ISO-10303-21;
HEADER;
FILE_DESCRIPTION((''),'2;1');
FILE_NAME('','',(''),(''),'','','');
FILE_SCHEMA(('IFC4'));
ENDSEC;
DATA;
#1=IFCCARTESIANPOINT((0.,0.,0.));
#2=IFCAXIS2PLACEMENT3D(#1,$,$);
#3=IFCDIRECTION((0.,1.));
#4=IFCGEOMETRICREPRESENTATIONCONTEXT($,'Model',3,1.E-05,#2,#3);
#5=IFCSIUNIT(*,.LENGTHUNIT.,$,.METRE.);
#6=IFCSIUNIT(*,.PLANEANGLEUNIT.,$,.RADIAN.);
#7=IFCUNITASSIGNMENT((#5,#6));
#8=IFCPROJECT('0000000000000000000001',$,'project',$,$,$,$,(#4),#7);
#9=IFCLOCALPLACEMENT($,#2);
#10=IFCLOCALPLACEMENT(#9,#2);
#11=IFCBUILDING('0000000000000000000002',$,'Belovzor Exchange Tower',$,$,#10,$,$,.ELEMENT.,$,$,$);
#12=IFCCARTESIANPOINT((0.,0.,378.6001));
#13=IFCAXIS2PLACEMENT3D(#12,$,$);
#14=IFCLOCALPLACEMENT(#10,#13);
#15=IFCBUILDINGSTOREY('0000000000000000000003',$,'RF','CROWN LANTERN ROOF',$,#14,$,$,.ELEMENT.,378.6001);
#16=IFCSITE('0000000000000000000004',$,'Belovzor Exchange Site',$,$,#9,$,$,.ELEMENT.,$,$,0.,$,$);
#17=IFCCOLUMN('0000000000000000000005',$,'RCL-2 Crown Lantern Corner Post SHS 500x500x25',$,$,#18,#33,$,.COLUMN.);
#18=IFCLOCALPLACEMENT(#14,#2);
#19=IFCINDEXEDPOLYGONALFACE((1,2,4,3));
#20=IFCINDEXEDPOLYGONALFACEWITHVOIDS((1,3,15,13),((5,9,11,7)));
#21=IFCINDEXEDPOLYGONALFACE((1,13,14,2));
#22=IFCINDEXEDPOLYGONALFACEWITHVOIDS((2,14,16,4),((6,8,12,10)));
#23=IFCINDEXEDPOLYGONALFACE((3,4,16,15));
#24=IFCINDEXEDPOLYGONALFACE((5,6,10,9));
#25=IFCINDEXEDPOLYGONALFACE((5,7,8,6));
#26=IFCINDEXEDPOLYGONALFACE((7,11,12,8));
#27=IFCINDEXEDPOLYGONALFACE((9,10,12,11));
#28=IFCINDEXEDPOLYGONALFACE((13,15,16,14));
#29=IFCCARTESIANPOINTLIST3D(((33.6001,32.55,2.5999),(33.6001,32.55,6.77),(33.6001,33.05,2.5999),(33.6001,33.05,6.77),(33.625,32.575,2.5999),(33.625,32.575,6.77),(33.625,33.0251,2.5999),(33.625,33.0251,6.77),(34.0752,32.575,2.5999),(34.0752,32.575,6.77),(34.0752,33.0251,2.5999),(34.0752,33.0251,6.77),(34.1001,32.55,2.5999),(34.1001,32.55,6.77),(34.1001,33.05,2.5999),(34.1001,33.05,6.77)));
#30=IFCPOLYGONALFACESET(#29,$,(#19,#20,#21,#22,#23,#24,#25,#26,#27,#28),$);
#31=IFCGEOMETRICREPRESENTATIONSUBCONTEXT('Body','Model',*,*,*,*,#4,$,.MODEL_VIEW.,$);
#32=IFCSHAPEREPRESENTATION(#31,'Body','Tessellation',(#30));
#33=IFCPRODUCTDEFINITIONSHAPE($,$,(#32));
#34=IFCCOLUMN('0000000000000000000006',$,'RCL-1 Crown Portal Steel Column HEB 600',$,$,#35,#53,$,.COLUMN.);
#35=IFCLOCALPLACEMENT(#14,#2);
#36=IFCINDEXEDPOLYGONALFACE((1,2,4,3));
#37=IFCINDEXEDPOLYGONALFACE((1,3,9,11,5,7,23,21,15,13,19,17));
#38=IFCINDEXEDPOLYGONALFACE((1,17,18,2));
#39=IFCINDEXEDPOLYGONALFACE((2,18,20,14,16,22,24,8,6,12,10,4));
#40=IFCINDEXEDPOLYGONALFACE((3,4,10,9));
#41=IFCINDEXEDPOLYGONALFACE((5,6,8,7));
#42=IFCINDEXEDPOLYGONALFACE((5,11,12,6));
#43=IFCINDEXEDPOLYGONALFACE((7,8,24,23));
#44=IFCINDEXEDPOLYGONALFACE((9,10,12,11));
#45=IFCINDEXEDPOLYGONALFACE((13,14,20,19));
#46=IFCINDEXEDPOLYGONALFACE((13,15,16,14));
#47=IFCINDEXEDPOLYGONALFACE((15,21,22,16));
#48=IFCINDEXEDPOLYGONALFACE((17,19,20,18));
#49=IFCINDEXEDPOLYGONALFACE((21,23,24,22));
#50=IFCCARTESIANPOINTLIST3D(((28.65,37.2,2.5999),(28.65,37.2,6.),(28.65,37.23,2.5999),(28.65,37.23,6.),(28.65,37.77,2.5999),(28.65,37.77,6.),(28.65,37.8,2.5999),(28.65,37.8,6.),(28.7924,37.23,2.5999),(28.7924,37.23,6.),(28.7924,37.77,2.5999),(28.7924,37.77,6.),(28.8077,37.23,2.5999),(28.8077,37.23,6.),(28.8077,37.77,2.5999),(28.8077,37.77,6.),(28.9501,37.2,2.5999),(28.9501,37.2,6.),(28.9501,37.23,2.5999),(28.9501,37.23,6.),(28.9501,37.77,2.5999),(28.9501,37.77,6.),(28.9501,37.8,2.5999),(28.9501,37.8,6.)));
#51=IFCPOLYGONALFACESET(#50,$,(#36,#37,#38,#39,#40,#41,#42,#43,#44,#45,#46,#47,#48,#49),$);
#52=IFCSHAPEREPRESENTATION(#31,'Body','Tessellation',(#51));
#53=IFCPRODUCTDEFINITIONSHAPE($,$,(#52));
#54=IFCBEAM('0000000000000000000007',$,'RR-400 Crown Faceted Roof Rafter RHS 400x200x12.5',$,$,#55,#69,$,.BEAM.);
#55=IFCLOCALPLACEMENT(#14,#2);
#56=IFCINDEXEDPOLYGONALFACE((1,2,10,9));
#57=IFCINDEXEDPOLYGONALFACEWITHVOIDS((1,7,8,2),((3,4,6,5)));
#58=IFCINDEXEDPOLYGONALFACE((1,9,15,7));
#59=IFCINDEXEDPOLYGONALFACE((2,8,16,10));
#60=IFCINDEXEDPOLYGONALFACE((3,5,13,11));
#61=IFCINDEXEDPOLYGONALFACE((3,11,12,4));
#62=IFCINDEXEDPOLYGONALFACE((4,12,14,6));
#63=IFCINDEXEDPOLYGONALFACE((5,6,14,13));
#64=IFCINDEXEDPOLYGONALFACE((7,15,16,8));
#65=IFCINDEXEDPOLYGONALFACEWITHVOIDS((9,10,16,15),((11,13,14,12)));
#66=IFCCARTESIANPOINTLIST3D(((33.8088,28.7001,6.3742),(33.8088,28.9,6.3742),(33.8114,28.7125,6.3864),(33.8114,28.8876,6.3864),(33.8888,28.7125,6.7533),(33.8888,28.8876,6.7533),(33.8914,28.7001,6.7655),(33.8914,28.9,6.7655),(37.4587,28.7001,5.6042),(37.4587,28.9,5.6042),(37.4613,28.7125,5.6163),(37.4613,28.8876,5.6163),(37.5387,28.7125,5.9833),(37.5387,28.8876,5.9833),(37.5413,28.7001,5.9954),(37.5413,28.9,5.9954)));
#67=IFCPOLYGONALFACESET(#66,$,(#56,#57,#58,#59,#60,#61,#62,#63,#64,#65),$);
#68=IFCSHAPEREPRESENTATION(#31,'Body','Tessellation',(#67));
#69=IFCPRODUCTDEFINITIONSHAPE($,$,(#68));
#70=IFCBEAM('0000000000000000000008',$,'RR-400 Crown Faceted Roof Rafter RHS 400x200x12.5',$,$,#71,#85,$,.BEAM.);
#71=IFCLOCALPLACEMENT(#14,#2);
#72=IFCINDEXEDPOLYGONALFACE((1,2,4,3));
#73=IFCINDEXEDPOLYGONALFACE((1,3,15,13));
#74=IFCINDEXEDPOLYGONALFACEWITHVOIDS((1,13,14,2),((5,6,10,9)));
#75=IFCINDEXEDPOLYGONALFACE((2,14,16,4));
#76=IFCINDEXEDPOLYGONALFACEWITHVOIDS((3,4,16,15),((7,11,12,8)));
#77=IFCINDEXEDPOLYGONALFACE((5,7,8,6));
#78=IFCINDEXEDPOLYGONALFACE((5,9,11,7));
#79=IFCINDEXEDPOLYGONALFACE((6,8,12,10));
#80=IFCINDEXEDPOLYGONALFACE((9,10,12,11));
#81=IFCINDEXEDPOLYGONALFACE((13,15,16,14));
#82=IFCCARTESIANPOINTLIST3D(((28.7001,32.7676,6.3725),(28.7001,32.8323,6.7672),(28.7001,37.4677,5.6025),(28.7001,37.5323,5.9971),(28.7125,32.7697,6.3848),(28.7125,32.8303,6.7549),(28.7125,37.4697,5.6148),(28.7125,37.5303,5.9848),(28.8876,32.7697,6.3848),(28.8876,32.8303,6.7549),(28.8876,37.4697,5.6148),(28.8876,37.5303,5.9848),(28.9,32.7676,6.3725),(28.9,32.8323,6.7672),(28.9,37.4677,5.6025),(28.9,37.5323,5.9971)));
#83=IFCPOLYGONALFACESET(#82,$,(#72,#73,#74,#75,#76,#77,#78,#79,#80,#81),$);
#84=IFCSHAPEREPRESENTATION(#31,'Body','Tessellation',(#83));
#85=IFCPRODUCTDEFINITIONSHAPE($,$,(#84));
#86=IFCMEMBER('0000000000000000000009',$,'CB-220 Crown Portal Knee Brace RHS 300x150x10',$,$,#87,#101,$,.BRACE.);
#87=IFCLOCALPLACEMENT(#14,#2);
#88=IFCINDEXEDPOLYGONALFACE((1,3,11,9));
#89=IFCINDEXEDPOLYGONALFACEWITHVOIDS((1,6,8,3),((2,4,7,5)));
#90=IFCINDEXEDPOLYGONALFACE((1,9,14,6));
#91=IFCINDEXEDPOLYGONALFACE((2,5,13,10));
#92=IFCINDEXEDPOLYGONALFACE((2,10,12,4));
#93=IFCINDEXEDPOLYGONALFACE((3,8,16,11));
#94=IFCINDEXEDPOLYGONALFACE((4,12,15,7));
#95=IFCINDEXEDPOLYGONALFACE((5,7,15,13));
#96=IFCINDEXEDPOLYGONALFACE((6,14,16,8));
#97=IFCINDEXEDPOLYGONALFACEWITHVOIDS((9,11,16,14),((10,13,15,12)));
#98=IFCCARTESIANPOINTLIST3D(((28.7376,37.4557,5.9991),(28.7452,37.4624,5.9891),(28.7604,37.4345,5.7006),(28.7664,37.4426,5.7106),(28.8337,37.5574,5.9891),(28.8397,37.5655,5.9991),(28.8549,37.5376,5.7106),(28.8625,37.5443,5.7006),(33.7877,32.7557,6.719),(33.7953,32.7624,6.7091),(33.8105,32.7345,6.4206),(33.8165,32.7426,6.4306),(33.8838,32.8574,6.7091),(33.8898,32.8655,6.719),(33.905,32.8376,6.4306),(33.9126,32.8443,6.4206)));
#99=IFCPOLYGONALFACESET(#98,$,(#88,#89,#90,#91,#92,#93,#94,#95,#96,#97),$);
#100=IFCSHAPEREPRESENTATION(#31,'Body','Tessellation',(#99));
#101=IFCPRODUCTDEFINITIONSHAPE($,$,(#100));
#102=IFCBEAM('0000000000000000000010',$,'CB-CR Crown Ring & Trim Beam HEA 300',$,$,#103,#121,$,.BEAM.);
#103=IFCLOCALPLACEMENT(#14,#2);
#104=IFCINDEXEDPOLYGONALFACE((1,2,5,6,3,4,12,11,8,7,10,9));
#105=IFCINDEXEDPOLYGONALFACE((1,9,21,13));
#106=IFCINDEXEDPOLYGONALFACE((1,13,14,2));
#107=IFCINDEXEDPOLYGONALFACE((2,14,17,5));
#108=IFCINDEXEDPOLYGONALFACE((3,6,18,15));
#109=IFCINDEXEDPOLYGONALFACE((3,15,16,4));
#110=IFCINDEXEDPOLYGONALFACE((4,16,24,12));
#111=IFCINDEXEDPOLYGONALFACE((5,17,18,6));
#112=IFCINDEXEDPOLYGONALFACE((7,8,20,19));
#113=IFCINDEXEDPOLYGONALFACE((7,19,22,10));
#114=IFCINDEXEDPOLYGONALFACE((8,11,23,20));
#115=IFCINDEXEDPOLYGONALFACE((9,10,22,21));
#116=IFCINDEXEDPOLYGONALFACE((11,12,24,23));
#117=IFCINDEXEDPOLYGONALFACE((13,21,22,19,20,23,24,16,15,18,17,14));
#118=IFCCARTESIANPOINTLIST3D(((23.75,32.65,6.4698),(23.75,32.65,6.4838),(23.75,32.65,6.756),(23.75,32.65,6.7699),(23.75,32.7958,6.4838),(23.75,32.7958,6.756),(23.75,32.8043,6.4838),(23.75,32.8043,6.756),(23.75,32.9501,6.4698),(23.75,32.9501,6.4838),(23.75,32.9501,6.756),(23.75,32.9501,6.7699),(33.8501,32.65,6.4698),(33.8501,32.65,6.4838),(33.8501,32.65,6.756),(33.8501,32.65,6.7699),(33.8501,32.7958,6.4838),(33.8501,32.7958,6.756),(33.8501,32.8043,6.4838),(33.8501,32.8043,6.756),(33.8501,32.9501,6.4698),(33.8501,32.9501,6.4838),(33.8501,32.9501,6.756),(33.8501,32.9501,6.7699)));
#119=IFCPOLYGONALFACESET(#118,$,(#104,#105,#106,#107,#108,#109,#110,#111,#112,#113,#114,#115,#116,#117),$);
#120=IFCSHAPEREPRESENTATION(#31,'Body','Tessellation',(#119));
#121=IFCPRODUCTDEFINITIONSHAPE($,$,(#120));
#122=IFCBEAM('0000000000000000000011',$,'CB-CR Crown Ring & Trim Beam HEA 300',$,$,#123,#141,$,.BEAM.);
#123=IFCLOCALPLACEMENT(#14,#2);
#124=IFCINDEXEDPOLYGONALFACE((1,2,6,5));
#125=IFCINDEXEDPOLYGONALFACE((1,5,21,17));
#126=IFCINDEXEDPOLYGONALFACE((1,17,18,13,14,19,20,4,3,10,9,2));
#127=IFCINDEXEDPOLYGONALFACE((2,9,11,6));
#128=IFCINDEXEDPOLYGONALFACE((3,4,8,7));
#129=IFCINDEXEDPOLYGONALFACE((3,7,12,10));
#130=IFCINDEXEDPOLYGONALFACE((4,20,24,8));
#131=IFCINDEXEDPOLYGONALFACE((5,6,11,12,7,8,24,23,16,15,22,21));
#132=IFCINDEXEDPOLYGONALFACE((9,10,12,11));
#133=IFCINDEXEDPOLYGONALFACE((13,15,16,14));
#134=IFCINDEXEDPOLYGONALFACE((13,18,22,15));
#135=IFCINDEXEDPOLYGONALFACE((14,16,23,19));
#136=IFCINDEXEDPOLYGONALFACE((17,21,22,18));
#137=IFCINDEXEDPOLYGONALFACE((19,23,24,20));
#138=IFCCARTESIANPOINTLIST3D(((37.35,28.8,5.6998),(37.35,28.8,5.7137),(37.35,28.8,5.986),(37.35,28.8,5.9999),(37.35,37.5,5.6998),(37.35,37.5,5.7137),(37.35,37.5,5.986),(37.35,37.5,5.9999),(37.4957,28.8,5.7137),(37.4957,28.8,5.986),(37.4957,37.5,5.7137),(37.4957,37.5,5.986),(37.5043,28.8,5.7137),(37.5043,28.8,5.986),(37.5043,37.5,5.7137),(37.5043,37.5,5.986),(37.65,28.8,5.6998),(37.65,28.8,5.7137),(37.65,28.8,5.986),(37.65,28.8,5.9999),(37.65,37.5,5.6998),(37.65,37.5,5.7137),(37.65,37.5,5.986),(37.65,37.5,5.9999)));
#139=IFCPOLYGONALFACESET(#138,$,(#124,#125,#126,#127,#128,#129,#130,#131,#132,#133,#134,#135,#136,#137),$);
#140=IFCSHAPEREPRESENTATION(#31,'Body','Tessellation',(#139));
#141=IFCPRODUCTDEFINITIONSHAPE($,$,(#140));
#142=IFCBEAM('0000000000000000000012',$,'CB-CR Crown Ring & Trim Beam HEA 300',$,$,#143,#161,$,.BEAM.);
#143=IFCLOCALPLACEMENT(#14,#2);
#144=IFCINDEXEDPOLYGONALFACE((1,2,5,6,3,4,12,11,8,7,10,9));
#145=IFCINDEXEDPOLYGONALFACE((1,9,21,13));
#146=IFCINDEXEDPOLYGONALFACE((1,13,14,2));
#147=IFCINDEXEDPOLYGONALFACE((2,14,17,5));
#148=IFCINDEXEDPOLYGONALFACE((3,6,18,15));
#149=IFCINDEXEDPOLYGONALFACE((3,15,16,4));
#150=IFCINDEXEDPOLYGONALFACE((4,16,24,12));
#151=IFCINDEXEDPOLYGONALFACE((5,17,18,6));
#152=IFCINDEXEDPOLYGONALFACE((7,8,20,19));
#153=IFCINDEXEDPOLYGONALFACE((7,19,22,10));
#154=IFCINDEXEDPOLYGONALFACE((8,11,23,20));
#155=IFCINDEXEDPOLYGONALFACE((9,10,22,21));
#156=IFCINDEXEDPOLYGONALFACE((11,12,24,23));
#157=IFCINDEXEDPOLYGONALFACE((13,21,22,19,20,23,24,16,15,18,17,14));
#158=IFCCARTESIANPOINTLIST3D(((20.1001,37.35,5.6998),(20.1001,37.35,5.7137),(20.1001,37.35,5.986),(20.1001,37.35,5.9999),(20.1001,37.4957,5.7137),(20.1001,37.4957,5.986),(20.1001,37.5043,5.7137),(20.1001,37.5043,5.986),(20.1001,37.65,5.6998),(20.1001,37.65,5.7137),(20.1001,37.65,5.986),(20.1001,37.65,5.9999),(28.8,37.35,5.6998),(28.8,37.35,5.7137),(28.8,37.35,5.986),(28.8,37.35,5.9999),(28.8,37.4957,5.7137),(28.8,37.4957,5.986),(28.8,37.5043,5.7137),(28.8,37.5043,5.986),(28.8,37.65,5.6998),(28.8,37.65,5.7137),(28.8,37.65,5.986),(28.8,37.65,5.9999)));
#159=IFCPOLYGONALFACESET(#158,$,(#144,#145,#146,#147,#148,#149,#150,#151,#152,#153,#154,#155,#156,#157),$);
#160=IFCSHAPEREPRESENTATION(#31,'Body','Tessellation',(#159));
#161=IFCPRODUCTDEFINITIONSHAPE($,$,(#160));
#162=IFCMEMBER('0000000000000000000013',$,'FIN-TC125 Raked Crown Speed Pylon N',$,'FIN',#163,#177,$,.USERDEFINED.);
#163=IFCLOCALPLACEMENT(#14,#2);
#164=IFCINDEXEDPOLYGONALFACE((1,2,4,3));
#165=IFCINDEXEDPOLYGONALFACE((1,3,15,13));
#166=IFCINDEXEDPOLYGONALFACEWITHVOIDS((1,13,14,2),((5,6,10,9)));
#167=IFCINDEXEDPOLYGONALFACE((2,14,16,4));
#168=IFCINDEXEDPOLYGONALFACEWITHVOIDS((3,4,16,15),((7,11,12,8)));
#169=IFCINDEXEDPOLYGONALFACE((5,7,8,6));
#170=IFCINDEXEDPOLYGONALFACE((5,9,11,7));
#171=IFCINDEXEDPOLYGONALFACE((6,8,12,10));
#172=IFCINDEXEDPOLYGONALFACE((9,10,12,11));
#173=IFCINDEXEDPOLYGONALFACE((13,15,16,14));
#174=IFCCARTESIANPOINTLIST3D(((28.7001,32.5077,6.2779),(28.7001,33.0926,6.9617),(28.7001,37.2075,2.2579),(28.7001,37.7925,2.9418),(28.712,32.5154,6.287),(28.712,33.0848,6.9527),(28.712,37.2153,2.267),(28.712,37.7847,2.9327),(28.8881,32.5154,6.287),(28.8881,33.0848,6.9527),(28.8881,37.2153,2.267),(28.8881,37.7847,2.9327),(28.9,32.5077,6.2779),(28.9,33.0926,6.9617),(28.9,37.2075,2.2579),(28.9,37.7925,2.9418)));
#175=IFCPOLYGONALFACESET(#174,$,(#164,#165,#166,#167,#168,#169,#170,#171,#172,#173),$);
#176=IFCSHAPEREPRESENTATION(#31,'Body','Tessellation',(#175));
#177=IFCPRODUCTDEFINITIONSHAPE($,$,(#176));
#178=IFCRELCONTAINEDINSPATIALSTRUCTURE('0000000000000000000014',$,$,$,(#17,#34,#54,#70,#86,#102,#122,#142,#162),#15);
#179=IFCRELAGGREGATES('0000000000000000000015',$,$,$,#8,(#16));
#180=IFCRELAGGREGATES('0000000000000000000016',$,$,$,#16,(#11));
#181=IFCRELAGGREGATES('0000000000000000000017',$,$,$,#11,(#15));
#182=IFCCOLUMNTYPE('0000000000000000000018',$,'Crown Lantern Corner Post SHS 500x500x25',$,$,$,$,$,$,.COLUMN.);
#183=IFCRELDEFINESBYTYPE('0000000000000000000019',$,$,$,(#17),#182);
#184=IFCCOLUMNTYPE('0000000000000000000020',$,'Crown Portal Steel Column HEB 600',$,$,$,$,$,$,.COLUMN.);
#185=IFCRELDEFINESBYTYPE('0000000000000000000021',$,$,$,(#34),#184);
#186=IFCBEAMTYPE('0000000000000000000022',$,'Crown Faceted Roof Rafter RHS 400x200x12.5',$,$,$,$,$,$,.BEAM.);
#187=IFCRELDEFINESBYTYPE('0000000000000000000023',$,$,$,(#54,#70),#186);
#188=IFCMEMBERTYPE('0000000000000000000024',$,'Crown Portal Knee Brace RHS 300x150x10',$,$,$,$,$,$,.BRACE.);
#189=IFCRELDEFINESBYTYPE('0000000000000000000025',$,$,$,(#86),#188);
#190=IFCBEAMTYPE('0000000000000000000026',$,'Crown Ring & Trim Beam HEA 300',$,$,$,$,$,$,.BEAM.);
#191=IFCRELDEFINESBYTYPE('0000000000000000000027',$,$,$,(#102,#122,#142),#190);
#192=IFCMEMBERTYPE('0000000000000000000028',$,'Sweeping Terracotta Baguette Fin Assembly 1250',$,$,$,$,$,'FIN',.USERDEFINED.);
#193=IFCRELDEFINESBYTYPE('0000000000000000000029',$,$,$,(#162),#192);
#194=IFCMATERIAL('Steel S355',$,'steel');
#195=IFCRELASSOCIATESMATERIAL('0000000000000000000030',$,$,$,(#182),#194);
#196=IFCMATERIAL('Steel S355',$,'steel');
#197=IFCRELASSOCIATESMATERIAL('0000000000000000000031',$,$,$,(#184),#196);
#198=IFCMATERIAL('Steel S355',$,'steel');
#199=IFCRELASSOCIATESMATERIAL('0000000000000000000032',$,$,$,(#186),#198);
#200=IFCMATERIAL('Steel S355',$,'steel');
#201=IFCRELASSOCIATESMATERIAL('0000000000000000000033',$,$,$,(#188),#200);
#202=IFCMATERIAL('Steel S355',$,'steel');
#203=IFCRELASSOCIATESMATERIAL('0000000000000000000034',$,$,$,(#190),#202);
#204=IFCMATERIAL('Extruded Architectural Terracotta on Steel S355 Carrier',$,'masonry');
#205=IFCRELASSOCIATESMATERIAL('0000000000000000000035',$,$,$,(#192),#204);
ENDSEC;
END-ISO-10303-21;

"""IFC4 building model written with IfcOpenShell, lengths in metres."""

from ifc_helpers import new_model, si_unit, direction, frame, origin, origin_2d, place, context, subcontext, project, spatial, hollow_rectangle, i_section, extrude, material, material_profile, profile_set, type_object, element, save


model = new_model("IFC4")

# Units and contexts
model_context = context("Model", 3, precision=1e-05, world=origin(), true_north=direction((0.0, 1.0)))
body_context = subcontext(model_context, "Body", "Model", "MODEL_VIEW")
ifc_project = project(units=[si_unit("LENGTHUNIT", "METRE"), si_unit("PLANEANGLEUNIT", "RADIAN")], contexts=[model_context])

# Site, building, storey
site_placement = place(None, origin())
site = spatial("IfcSite", under=ifc_project, at=site_placement, Name="Belovzor Exchange Site", CompositionType="ELEMENT", RefElevation=0.0)
building_placement = place(site_placement, origin())
building = spatial("IfcBuilding", under=site, at=building_placement, Name="Belovzor Exchange Tower", CompositionType="ELEMENT")
storey_placement = place(building_placement, frame((0.0, 0.0, 378.6001)))
storey = spatial("IfcBuildingStorey", under=building, at=storey_placement, Name="RF", Description="CROWN LANTERN ROOF", CompositionType="ELEMENT", Elevation=378.6001)

# Columns
ifc_material_1 = material(Name="Steel S355", Category="steel")
ifc_material_profile_1 = material_profile(ifc_material_1, hollow_rectangle(XDim=0.5, YDim=0.5, WallThickness=0.0249, at=origin_2d()))
ifc_profile_set_1 = profile_set([ifc_material_profile_1], Name="Steel S355")
column_type_1 = type_object("IfcColumnType", Name="Crown Lantern Corner Post SHS 500x500x25", PredefinedType="COLUMN", material=ifc_profile_set_1)
column_1_placement = place(storey_placement, frame((33.8501, 32.8, 2.5999), z_axis=(0.0, 0.0, 1.0), x_axis=(1.0, 0.0, 0.0)))
element("IfcColumn", 1, at=column_1_placement, inside=storey, type_object=column_type_1, Name="RCL-2 Crown Lantern Corner Post SHS 500x500x25", PredefinedType="COLUMN", context=body_context, shape_type="SweptSolid", body=[
    extrude(hollow_rectangle(XDim=0.5, YDim=0.5, WallThickness=0.0249, at=origin_2d()), origin(), (0.0, 0.0, 1.0), 4.1702),
])
ifc_material_2 = material(Name="Steel S355", Category="steel")
ifc_material_profile_2 = material_profile(ifc_material_2, i_section(OverallWidth=0.3, OverallDepth=0.6001, WebThickness=0.0154, FlangeThickness=0.03, at=origin_2d()))
ifc_profile_set_2 = profile_set([ifc_material_profile_2], Name="Steel S355")
column_type_2 = type_object("IfcColumnType", Name="Crown Portal Steel Column HEB 600", PredefinedType="COLUMN", material=ifc_profile_set_2)
column_2_placement = place(storey_placement, frame((28.8, 37.5, 2.5999), z_axis=(0.0, 0.0, 1.0), x_axis=(1.0, 0.0, 0.0)))
element("IfcColumn", 2, at=column_2_placement, inside=storey, type_object=column_type_2, Name="RCL-1 Crown Portal Steel Column HEB 600", PredefinedType="COLUMN", context=body_context, shape_type="SweptSolid", body=[
    extrude(i_section(OverallWidth=0.3, OverallDepth=0.6001, WebThickness=0.0154, FlangeThickness=0.03, at=origin_2d()), origin(), (0.0, 0.0, 1.0), 3.4001),
])

# Beams
ifc_material_3 = material(Name="Steel S355", Category="steel")
ifc_material_profile_3 = material_profile(ifc_material_3, hollow_rectangle(XDim=0.2, YDim=0.3999, WallThickness=0.0125, at=origin_2d()))
ifc_profile_set_3 = profile_set([ifc_material_profile_3], Name="Steel S355")
beam_type_1 = type_object("IfcBeamType", Name="Crown Faceted Roof Rafter RHS 400x200x12.5", PredefinedType="BEAM", material=ifc_profile_set_3)
beam_1_placement = place(storey_placement, frame((37.5, 28.8, 5.7998), z_axis=(-0.978462, 0.0, 0.206426), x_axis=(0.0, -1.0, 0.0)))
element("IfcBeam", 3, at=beam_1_placement, inside=storey, type_object=beam_type_1, Name="RR-400 Crown Faceted Roof Rafter RHS 400x200x12.5", PredefinedType="BEAM", context=body_context, shape_type="SweptSolid", body=[
    extrude(hollow_rectangle(XDim=0.2, YDim=0.3999, WallThickness=0.0125, at=origin_2d()), origin(), (0.0, 0.0, 1.0), 3.7302),
])
beam_2_placement = place(storey_placement, frame((28.8, 37.5, 5.7998), z_axis=(0.0, -0.986843, 0.16168), x_axis=(1.0, 0.0, 0.0)))
element("IfcBeam", 4, at=beam_2_placement, inside=storey, type_object=beam_type_1, Name="RR-400 Crown Faceted Roof Rafter RHS 400x200x12.5", PredefinedType="BEAM", context=body_context, shape_type="SweptSolid", body=[
    extrude(hollow_rectangle(XDim=0.2, YDim=0.3999, WallThickness=0.0125, at=origin_2d()), origin(), (0.0, 0.0, 1.0), 4.7627),
])

# Member
ifc_material_4 = material(Name="Steel S355", Category="steel")
ifc_material_profile_4 = material_profile(ifc_material_4, hollow_rectangle(XDim=0.1499, YDim=0.3, WallThickness=0.01, at=origin_2d()))
ifc_profile_set_4 = profile_set([ifc_material_profile_4], Name="Steel S355")
member_type_1 = type_object("IfcMemberType", Name="Crown Portal Knee Brace RHS 300x150x10", PredefinedType="BRACE", material=ifc_profile_set_4)
member_1_placement = place(storey_placement, frame((28.8, 37.5, 5.8499), z_axis=(0.728071, -0.677597, 0.103799), x_axis=(0.681277, 0.732025, 0.0)))
element("IfcMember", 5, at=member_1_placement, inside=storey, type_object=member_type_1, Name="CB-220 Crown Portal Knee Brace RHS 300x150x10", PredefinedType="BRACE", context=body_context, shape_type="SweptSolid", body=[
    extrude(hollow_rectangle(XDim=0.1499, YDim=0.3, WallThickness=0.01, at=origin_2d()), origin(), (0.0, 0.0, 1.0), 6.9363),
])

# Beams
ifc_material_5 = material(Name="Steel S355", Category="steel")
ifc_material_profile_5 = material_profile(ifc_material_5, i_section(OverallWidth=0.3, OverallDepth=0.3, WebThickness=0.0085, FlangeThickness=0.0139, at=origin_2d()))
ifc_profile_set_5 = profile_set([ifc_material_profile_5], Name="Steel S355")
beam_type_2 = type_object("IfcBeamType", Name="Crown Ring & Trim Beam HEA 300", PredefinedType="BEAM", material=ifc_profile_set_5)
beam_3_placement = place(storey_placement, frame((33.8501, 32.8, 6.6199), z_axis=(-1.0, 0.0, 0.0), x_axis=(0.0, -1.0, 0.0)))
element("IfcBeam", 6, at=beam_3_placement, inside=storey, type_object=beam_type_2, Name="CB-CR Crown Ring & Trim Beam HEA 300", PredefinedType="BEAM", context=body_context, shape_type="SweptSolid", body=[
    extrude(i_section(OverallWidth=0.3, OverallDepth=0.3, WebThickness=0.0085, FlangeThickness=0.0139, at=origin_2d()), origin(), (0.0, 0.0, 1.0), 10.1001),
])
for number, where, z_axis, x_axis, name in (
    (7, (37.5, 28.8, 5.8499), (0.0, 1.0, 0.0), (-1.0, 0.0, 0.0), "CB-CR Crown Ring & Trim Beam HEA 300"),
    (8, (28.8, 37.5, 5.8499), (-1.0, 0.0, 0.0), (0.0, -1.0, 0.0), "CB-CR Crown Ring & Trim Beam HEA 300"),
):
    element("IfcBeam", number, at=place(storey_placement, frame(where, z_axis=z_axis, x_axis=x_axis)), inside=storey, type_object=beam_type_2, Name=name, PredefinedType="BEAM", context=body_context, shape_type="SweptSolid", body=[
        extrude(i_section(OverallWidth=0.3, OverallDepth=0.3, WebThickness=0.0085, FlangeThickness=0.0139, at=origin_2d()), origin(), (0.0, 0.0, 1.0), 8.7),
    ])

# Member
ifc_material_6 = material(Name="Extruded Architectural Terracotta on Steel S355 Carrier", Category="masonry")
ifc_material_profile_6 = material_profile(ifc_material_6, hollow_rectangle(XDim=0.2, YDim=0.8999, WallThickness=0.012, at=origin_2d()))
ifc_profile_set_6 = profile_set([ifc_material_profile_6], Name="Extruded Architectural Terracotta on Steel S355 Carrier")
member_type_2 = type_object("IfcMemberType", Name="Sweeping Terracotta Baguette Fin Assembly 1250", ElementType="FIN", PredefinedType="USERDEFINED", material=ifc_profile_set_6)
member_2_placement = place(storey_placement, frame((28.8, 37.5, 2.5999), z_axis=(0.0, -0.759936, 0.649998), x_axis=(1.0, 0.0, 0.0)))
element("IfcMember", 9, at=member_2_placement, inside=storey, type_object=member_type_2, Name="FIN-TC125 Raked Crown Speed Pylon N", ObjectType="FIN", PredefinedType="USERDEFINED", context=body_context, shape_type="SweptSolid", body=[
    extrude(hollow_rectangle(XDim=0.2, YDim=0.8999, WallThickness=0.012, at=origin_2d()), origin(), (0.0, 0.0, 1.0), 6.1846),
])

save(model, "model.ifc")
